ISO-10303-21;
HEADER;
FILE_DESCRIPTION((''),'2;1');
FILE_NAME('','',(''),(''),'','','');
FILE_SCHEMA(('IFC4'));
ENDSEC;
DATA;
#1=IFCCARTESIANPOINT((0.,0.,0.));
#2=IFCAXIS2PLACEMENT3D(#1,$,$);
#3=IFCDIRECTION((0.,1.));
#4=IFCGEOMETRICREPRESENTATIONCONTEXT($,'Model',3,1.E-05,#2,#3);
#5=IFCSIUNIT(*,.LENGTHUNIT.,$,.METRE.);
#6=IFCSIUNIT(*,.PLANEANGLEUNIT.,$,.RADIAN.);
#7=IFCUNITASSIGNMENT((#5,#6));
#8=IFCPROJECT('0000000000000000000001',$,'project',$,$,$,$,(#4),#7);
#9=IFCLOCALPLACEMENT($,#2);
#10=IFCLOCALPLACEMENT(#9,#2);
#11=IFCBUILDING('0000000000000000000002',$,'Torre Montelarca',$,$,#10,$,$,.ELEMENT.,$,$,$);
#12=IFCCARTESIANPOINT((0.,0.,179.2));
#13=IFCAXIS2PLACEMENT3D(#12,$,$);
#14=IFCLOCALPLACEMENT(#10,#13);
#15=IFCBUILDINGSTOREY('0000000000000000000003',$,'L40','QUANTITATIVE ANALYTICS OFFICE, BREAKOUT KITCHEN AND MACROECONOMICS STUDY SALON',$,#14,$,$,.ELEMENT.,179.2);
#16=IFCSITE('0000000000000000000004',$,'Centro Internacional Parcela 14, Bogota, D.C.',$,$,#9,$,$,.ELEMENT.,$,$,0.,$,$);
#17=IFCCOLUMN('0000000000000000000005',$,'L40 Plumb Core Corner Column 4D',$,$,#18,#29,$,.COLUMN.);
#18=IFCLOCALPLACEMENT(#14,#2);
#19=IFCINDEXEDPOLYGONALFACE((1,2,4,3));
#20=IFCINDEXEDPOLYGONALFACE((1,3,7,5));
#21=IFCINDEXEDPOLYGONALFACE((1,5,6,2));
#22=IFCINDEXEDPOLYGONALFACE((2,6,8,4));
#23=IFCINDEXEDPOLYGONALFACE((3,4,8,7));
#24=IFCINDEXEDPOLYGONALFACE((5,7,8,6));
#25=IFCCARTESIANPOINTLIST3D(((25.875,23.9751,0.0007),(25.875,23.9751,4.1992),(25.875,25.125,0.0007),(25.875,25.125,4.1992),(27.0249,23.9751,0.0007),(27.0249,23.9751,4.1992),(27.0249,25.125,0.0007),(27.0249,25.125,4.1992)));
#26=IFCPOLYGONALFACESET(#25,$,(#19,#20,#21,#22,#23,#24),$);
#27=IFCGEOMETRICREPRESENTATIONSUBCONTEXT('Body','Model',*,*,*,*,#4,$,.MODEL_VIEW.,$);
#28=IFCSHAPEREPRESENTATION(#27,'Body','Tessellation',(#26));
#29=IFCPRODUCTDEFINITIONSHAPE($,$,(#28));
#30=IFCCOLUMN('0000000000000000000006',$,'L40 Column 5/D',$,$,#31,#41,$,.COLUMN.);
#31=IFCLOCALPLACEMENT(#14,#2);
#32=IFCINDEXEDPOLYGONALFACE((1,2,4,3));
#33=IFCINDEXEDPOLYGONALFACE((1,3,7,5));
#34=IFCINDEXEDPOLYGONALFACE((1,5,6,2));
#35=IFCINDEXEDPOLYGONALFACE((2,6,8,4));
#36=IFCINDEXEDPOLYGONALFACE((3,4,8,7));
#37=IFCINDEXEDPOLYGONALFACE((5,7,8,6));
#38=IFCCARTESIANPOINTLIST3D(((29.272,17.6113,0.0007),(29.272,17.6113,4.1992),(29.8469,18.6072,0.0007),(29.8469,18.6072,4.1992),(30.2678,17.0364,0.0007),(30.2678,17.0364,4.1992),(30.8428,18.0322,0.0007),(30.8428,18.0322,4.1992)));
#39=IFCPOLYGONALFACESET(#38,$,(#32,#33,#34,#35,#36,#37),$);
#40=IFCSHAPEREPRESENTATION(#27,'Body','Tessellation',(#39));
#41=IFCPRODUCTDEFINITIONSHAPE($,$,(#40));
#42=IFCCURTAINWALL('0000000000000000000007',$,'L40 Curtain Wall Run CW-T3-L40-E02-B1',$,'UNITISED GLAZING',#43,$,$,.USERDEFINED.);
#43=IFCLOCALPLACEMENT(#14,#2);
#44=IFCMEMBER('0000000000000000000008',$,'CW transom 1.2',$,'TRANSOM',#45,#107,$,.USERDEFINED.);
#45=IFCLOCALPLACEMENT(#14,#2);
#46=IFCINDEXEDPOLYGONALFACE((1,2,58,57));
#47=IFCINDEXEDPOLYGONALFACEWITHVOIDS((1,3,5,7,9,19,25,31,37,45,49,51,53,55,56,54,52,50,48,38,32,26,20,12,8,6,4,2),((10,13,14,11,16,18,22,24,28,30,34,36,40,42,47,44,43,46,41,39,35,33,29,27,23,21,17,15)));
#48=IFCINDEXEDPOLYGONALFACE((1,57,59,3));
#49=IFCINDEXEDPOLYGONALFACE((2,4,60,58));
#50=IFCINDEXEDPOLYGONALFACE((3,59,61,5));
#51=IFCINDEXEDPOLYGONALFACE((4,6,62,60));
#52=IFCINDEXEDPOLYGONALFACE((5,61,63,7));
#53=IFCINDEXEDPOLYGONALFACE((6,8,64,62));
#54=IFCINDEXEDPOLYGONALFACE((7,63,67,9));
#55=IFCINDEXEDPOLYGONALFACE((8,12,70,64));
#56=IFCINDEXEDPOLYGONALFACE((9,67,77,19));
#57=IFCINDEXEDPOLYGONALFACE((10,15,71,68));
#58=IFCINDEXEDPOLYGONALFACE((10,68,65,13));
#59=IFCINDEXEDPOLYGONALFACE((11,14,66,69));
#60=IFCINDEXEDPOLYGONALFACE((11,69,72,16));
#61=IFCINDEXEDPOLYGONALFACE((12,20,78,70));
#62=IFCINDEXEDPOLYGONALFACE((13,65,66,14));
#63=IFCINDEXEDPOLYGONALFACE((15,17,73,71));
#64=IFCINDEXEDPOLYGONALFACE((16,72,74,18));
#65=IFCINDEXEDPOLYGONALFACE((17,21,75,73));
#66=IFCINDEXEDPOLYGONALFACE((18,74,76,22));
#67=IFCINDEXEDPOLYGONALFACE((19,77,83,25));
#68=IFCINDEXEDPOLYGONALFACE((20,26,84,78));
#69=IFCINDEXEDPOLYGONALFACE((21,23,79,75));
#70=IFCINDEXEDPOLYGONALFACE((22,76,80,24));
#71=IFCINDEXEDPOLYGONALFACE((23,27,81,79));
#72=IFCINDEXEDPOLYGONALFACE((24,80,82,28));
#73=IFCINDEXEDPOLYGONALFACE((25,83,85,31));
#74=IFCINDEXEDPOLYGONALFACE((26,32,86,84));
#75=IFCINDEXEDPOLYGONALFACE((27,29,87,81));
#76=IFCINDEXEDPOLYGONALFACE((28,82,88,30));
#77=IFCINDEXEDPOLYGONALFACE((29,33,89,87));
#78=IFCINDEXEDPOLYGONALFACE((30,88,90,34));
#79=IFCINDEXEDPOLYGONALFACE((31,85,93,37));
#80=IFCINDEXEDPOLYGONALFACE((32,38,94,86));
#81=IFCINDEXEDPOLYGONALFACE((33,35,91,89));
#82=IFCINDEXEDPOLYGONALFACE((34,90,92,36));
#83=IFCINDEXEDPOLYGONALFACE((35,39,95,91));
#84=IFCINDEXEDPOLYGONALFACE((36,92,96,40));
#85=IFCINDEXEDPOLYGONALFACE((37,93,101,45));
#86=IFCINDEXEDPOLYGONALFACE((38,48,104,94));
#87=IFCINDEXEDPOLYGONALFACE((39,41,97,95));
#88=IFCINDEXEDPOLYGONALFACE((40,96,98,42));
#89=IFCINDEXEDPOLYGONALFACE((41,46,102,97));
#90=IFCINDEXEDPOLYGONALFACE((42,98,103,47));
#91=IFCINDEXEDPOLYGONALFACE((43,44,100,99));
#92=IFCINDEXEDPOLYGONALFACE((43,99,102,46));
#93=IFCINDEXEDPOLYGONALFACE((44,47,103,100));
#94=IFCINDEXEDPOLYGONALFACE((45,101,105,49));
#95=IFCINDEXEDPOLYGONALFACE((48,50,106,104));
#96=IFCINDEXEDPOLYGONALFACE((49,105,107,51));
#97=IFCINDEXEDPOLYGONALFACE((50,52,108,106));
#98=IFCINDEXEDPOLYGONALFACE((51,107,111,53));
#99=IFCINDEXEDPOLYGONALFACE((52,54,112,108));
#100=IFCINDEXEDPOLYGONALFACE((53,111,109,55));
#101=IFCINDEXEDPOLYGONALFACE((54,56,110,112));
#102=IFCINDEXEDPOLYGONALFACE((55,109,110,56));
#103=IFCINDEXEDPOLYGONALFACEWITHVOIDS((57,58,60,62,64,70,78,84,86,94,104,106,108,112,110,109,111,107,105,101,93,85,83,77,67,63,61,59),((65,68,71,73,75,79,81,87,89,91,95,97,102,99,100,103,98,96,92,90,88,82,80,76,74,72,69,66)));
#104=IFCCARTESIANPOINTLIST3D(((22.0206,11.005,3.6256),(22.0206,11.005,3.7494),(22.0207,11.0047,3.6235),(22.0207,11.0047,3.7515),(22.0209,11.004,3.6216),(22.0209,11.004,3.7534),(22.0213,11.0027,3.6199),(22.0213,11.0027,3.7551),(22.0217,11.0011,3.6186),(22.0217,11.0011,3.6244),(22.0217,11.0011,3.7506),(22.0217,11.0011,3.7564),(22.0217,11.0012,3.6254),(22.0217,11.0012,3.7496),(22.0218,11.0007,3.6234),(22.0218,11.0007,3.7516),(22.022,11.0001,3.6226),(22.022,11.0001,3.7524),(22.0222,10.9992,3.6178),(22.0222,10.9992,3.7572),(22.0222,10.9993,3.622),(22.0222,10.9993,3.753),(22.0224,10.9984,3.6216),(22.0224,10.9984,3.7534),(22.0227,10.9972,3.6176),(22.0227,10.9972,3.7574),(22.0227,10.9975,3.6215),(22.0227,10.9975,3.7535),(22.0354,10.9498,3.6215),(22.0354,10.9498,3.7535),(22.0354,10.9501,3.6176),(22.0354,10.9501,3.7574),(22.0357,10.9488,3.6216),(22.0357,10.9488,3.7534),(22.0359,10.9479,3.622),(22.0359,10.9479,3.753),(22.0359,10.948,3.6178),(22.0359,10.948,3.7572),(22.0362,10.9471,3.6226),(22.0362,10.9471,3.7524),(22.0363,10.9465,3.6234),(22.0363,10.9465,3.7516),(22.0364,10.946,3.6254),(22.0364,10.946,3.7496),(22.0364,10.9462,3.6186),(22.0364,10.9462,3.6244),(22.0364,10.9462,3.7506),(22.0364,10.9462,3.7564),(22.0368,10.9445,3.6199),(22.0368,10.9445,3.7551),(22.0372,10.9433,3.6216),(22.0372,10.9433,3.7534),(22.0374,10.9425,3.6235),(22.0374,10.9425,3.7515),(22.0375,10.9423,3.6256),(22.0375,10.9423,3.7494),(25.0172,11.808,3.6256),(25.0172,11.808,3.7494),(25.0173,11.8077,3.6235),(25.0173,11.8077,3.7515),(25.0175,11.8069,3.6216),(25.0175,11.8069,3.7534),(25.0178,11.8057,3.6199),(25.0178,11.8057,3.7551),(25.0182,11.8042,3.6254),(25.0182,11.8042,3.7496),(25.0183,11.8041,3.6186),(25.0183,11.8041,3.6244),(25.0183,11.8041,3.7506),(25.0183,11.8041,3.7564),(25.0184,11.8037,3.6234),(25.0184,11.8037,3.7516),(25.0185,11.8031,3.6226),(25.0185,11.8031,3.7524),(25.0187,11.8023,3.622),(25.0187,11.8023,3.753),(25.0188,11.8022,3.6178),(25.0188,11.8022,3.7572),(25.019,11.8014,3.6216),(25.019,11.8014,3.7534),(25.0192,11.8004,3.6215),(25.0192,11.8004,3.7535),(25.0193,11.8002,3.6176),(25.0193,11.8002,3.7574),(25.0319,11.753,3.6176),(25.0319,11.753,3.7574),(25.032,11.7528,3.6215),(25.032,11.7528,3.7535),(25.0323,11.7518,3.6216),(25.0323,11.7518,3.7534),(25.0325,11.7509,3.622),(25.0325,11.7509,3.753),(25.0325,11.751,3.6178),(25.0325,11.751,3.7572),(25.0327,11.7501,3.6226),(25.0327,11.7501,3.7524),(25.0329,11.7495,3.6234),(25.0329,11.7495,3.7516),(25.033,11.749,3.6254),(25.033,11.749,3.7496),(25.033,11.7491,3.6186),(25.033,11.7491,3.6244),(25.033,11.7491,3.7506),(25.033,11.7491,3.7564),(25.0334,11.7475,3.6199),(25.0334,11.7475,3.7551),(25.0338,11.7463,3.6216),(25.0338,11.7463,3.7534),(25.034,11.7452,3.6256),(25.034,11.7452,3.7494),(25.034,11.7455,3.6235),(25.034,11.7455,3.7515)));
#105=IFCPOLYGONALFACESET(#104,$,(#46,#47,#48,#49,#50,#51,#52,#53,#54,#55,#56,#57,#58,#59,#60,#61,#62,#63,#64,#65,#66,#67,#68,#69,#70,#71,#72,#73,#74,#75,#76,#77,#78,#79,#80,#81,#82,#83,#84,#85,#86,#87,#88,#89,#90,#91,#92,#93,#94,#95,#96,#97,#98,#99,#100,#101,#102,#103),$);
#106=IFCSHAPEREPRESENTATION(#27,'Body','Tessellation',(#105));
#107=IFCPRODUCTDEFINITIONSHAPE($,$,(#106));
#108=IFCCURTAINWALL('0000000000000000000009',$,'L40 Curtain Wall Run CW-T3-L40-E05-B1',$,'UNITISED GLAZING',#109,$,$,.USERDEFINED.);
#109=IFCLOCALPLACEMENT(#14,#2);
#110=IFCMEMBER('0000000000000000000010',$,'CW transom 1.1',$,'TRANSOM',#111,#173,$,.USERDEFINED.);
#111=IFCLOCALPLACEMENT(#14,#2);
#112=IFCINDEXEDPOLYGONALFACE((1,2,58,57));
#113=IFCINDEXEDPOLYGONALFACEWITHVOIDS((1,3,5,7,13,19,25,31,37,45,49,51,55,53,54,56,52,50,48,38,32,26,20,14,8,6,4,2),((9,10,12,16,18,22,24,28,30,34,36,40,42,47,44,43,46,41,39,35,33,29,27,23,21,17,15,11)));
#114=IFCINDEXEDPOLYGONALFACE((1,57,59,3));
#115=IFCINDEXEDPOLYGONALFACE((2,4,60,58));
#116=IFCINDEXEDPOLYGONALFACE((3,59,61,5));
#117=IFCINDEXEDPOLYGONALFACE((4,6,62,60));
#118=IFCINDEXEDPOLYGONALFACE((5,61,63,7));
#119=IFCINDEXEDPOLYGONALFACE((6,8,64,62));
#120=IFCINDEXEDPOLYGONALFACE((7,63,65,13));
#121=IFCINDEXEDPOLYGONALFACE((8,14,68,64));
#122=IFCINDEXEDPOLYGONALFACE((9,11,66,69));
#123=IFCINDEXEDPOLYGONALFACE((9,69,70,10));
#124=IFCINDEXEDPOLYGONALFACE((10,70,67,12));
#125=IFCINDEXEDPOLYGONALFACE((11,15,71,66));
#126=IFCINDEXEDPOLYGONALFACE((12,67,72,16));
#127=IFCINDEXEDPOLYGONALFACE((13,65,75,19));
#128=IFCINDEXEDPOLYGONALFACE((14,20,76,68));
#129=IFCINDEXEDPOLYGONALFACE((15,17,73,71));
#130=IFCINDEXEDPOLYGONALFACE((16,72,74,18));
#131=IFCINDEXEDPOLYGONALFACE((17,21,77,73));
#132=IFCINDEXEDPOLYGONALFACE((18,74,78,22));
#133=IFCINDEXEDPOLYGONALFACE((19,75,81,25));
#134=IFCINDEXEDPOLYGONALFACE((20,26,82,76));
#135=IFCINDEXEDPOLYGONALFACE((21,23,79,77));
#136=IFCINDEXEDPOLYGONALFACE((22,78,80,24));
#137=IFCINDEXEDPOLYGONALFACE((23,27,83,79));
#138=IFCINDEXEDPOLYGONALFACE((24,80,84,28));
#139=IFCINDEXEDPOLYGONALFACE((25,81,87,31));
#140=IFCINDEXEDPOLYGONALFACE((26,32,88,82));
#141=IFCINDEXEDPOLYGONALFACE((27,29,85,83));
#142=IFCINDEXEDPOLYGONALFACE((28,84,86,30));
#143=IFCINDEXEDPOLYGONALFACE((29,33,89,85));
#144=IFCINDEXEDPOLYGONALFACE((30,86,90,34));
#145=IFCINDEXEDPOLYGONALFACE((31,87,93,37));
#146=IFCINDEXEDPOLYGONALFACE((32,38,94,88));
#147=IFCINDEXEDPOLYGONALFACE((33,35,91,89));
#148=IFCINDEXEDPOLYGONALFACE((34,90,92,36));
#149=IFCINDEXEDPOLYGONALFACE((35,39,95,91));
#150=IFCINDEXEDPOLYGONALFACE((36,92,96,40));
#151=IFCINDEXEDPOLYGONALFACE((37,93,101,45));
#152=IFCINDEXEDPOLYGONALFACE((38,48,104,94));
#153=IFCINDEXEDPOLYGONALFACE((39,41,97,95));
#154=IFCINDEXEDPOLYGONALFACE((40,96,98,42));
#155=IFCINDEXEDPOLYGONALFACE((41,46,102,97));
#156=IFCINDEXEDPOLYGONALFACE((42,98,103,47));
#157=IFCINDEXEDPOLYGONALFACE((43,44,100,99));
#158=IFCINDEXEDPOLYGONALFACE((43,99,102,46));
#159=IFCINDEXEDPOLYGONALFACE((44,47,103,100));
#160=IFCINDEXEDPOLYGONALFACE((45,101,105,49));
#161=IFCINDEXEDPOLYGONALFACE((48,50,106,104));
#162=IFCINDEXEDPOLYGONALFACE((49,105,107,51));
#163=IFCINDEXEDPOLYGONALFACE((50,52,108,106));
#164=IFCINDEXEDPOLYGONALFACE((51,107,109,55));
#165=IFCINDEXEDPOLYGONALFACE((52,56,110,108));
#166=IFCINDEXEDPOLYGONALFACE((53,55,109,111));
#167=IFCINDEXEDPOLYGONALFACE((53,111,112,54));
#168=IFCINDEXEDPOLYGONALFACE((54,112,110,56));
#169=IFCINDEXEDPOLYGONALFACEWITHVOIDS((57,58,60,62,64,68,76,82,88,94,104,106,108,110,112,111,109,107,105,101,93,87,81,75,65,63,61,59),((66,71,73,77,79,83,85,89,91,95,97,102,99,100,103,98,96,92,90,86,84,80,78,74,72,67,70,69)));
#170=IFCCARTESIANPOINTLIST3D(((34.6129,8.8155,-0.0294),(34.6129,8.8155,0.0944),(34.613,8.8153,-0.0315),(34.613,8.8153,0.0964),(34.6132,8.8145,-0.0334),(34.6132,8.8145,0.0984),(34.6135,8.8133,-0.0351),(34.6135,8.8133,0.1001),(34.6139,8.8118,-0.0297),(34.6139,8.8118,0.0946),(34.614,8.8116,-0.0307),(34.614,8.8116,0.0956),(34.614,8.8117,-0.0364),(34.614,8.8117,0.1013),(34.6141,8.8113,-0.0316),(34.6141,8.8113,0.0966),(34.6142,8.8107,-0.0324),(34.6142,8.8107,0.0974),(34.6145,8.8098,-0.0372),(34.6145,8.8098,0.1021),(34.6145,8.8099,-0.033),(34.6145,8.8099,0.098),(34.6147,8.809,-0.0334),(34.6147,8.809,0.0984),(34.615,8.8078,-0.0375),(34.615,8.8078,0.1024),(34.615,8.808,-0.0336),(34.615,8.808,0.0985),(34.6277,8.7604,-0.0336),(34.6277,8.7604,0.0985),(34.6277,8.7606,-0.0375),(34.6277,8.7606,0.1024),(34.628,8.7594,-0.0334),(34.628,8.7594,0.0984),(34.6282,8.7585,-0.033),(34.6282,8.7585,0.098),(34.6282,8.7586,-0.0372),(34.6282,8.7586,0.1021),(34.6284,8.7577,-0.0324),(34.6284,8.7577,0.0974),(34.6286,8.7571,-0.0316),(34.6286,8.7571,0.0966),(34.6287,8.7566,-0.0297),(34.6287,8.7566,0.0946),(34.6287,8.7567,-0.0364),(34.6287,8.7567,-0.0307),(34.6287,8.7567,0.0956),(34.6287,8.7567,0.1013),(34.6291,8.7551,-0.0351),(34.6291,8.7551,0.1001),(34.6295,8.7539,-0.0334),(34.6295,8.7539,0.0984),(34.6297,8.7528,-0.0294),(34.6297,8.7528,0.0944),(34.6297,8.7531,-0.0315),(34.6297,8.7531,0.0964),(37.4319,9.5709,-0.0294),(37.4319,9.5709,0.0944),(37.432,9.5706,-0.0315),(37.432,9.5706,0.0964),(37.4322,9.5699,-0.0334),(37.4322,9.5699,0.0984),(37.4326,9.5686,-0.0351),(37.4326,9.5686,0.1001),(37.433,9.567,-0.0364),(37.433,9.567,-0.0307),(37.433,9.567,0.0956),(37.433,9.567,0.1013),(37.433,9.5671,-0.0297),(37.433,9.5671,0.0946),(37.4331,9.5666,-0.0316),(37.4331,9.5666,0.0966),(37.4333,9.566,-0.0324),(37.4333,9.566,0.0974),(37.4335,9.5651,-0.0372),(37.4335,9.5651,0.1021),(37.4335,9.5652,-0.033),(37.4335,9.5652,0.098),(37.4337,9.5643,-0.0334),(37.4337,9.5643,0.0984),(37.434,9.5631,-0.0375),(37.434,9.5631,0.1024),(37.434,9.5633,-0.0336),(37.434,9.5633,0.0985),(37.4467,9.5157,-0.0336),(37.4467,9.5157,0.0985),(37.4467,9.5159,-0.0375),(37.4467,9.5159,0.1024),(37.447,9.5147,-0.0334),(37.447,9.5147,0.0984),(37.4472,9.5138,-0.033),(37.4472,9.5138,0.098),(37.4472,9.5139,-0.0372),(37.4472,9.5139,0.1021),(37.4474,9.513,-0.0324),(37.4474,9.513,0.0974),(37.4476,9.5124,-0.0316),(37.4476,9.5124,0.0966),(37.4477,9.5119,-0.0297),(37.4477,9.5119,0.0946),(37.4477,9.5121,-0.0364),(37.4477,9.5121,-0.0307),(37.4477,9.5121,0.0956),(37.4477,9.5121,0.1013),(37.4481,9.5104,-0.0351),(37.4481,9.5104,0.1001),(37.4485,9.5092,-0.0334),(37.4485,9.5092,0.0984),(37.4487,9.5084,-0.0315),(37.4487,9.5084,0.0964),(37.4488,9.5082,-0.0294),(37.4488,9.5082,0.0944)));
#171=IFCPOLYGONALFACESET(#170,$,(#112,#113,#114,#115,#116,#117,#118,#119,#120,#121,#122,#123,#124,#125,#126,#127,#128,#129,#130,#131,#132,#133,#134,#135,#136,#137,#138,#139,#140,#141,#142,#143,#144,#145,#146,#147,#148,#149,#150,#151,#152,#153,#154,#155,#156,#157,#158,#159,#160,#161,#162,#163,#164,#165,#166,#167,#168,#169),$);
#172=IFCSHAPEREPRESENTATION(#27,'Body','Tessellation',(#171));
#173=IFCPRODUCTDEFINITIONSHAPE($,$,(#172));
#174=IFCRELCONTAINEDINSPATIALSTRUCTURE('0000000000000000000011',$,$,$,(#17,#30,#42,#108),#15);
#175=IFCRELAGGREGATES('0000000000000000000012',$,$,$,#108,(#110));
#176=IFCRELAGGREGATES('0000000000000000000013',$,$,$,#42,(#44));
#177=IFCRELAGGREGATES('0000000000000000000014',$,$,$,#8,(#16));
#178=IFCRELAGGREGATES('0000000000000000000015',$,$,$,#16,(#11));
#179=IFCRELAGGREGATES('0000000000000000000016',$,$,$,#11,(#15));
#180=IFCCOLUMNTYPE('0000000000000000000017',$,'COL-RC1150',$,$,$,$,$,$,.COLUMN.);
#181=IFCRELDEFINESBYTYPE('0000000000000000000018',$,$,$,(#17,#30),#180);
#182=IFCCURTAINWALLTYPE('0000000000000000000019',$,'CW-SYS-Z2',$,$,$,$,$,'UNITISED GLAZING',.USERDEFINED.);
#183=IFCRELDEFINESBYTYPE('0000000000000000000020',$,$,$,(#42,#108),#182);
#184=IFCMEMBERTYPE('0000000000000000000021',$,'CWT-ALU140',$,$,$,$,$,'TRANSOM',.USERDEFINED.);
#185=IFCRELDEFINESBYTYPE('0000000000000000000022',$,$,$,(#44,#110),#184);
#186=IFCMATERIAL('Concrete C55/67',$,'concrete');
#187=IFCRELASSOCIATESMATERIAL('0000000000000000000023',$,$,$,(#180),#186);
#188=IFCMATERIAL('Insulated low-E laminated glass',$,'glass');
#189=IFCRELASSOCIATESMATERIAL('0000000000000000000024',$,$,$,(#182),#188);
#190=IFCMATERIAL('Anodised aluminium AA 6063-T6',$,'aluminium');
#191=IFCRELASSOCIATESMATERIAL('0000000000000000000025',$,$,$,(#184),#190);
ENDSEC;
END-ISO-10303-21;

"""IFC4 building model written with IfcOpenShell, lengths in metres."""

from ifc_helpers import new_model, si_unit, direction, frame, origin, origin_2d, place, context, subcontext, project, spatial, rectangle, hollow_rectangle, extrude, source, transform, mapped, material, material_profile, profile_set, type_object, element, aggregate, save


model = new_model("IFC4")

# Units and contexts
model_context = context("Model", 3, precision=1e-05, world=origin(), true_north=direction((0.0, 1.0)))
body_context = subcontext(model_context, "Body", "Model", "MODEL_VIEW")
ifc_project = project(units=[si_unit("LENGTHUNIT", "METRE"), si_unit("PLANEANGLEUNIT", "RADIAN")], contexts=[model_context])

# Site, building, storey
site_placement = place(None, origin())
site = spatial("IfcSite", under=ifc_project, at=site_placement, Name="Centro Internacional Parcela 14, Bogota, D.C.", CompositionType="ELEMENT", RefElevation=0.0)
building_placement = place(site_placement, origin())
building = spatial("IfcBuilding", under=site, at=building_placement, Name="Torre Montelarca", CompositionType="ELEMENT")
storey_placement = place(building_placement, frame((0.0, 0.0, 179.2)))
storey = spatial("IfcBuildingStorey", under=building, at=storey_placement, Name="L40", Description="QUANTITATIVE ANALYTICS OFFICE, BREAKOUT KITCHEN AND MACROECONOMICS STUDY SALON", CompositionType="ELEMENT", Elevation=179.2)

# Columns
ifc_material_1 = material(Name="Concrete C55/67", Category="concrete")
ifc_material_profile_1 = material_profile(ifc_material_1, rectangle(XDim=1.1499, YDim=1.1499, at=origin_2d()), Name="RC1150X1150", Category="concrete")
ifc_profile_set_1 = profile_set([ifc_material_profile_1], Name="Concrete C55/67")
column_type = type_object("IfcColumnType", Name="COL-RC1150", PredefinedType="COLUMN", material=ifc_profile_set_1)
shared_shape_1 = source(origin(), body_context, "Body", "SweptSolid", [
    extrude(rectangle(XDim=1.1499, YDim=1.1499, at=origin_2d()), origin(), (0.0, 0.0, 1.0), 4.1985),
])
for number, where, z_axis, x_axis, name in (
    (1, (26.45, 24.55, 0.0007), (0.0, 0.0, 1.0), (1.0, 0.0, 0.0), "L40 Plumb Core Corner Column 4D"),
    (2, (30.0574, 17.8218, 0.0007), (0.0, 0.0, 1.0), (-0.866025, 0.5, 0.0), "L40 Column 5/D"),
):
    element("IfcColumn", number, at=place(storey_placement, frame(where, z_axis=z_axis, x_axis=x_axis)), inside=storey, type_object=column_type, Name=name, PredefinedType="COLUMN", context=body_context, shape_type="MappedRepresentation", body=[
        mapped(shared_shape_1, transform((0.0, 0.0, 0.0), scale=1.0)),
    ])

# Curtain wall, member
ifc_material_2 = material(Name="Insulated low-E laminated glass", Category="glass")
curtain_wall_type = type_object("IfcCurtainWallType", Name="CW-SYS-Z2", ElementType="UNITISED GLAZING", PredefinedType="USERDEFINED", material=ifc_material_2)
curtain_wall_1_placement = place(storey_placement, origin())
curtain_wall_1 = element("IfcCurtainWall", 3, at=curtain_wall_1_placement, inside=storey, type_object=curtain_wall_type, Name="L40 Curtain Wall Run CW-T3-L40-E02-B1", ObjectType="UNITISED GLAZING", PredefinedType="USERDEFINED")
ifc_material_3 = material(Name="Anodised aluminium AA 6063-T6", Category="aluminium")
ifc_material_profile_2 = material_profile(ifc_material_3, hollow_rectangle(XDim=0.0649, YDim=0.1399, WallThickness=0.0039, InnerFilletRadius=0.0039, OuterFilletRadius=0.0081, at=origin_2d()), Name="ALU65X140X4", Category="aluminium")
ifc_profile_set_2 = profile_set([ifc_material_profile_2], Name="Anodised aluminium AA 6063-T6")
member_type_1 = type_object("IfcMemberType", Name="CWT-ALU140", ElementType="TRANSOM", PredefinedType="USERDEFINED", material=ifc_profile_set_2)
shared_shape_2 = source(origin(), body_context, "Body", "SweptSolid", [
    extrude(hollow_rectangle(XDim=0.0649, YDim=0.1399, WallThickness=0.0039, InnerFilletRadius=0.0039, OuterFilletRadius=0.0081, at=origin_2d()), origin(), (0.0, 0.0, 1.0), 3.1023),
])
member_1_placement = place(storey_placement, frame((22.0291, 10.9736, 3.6875), z_axis=(0.965922, 0.258833, 0.0), x_axis=(-0.258833, 0.965922, 0.0)))
member_1 = element("IfcMember", 4, at=member_1_placement, type_object=member_type_1, Name="CW transom 1.2", ObjectType="TRANSOM", PredefinedType="USERDEFINED", context=body_context, shape_type="MappedRepresentation", body=[
    mapped(shared_shape_2, transform((0.0, 0.0, 0.0), scale=1.0)),
])

# Curtain wall, member
curtain_wall_2_placement = place(storey_placement, origin())
curtain_wall_2 = element("IfcCurtainWall", 5, at=curtain_wall_2_placement, inside=storey, type_object=curtain_wall_type, Name="L40 Curtain Wall Run CW-T3-L40-E05-B1", ObjectType="UNITISED GLAZING", PredefinedType="USERDEFINED")
shared_shape_3 = source(origin(), body_context, "Body", "SweptSolid", [
    extrude(hollow_rectangle(XDim=0.0649, YDim=0.1399, WallThickness=0.0039, InnerFilletRadius=0.0039, OuterFilletRadius=0.0081, at=origin_2d()), origin(), (0.0, 0.0, 1.0), 2.9185),
])
member_2_placement = place(storey_placement, frame((34.6213, 8.7842, 0.0325), z_axis=(0.965926, 0.258818, 0.0), x_axis=(-0.258818, 0.965926, 0.0)))
member_2 = element("IfcMember", 6, at=member_2_placement, type_object=member_type_1, Name="CW transom 1.1", ObjectType="TRANSOM", PredefinedType="USERDEFINED", context=body_context, shape_type="MappedRepresentation", body=[
    mapped(shared_shape_3, transform((0.0, 0.0, 0.0), scale=1.0)),
])

aggregate(curtain_wall_2, [member_2])

aggregate(curtain_wall_1, [member_1])

save(model, "model.ifc")
